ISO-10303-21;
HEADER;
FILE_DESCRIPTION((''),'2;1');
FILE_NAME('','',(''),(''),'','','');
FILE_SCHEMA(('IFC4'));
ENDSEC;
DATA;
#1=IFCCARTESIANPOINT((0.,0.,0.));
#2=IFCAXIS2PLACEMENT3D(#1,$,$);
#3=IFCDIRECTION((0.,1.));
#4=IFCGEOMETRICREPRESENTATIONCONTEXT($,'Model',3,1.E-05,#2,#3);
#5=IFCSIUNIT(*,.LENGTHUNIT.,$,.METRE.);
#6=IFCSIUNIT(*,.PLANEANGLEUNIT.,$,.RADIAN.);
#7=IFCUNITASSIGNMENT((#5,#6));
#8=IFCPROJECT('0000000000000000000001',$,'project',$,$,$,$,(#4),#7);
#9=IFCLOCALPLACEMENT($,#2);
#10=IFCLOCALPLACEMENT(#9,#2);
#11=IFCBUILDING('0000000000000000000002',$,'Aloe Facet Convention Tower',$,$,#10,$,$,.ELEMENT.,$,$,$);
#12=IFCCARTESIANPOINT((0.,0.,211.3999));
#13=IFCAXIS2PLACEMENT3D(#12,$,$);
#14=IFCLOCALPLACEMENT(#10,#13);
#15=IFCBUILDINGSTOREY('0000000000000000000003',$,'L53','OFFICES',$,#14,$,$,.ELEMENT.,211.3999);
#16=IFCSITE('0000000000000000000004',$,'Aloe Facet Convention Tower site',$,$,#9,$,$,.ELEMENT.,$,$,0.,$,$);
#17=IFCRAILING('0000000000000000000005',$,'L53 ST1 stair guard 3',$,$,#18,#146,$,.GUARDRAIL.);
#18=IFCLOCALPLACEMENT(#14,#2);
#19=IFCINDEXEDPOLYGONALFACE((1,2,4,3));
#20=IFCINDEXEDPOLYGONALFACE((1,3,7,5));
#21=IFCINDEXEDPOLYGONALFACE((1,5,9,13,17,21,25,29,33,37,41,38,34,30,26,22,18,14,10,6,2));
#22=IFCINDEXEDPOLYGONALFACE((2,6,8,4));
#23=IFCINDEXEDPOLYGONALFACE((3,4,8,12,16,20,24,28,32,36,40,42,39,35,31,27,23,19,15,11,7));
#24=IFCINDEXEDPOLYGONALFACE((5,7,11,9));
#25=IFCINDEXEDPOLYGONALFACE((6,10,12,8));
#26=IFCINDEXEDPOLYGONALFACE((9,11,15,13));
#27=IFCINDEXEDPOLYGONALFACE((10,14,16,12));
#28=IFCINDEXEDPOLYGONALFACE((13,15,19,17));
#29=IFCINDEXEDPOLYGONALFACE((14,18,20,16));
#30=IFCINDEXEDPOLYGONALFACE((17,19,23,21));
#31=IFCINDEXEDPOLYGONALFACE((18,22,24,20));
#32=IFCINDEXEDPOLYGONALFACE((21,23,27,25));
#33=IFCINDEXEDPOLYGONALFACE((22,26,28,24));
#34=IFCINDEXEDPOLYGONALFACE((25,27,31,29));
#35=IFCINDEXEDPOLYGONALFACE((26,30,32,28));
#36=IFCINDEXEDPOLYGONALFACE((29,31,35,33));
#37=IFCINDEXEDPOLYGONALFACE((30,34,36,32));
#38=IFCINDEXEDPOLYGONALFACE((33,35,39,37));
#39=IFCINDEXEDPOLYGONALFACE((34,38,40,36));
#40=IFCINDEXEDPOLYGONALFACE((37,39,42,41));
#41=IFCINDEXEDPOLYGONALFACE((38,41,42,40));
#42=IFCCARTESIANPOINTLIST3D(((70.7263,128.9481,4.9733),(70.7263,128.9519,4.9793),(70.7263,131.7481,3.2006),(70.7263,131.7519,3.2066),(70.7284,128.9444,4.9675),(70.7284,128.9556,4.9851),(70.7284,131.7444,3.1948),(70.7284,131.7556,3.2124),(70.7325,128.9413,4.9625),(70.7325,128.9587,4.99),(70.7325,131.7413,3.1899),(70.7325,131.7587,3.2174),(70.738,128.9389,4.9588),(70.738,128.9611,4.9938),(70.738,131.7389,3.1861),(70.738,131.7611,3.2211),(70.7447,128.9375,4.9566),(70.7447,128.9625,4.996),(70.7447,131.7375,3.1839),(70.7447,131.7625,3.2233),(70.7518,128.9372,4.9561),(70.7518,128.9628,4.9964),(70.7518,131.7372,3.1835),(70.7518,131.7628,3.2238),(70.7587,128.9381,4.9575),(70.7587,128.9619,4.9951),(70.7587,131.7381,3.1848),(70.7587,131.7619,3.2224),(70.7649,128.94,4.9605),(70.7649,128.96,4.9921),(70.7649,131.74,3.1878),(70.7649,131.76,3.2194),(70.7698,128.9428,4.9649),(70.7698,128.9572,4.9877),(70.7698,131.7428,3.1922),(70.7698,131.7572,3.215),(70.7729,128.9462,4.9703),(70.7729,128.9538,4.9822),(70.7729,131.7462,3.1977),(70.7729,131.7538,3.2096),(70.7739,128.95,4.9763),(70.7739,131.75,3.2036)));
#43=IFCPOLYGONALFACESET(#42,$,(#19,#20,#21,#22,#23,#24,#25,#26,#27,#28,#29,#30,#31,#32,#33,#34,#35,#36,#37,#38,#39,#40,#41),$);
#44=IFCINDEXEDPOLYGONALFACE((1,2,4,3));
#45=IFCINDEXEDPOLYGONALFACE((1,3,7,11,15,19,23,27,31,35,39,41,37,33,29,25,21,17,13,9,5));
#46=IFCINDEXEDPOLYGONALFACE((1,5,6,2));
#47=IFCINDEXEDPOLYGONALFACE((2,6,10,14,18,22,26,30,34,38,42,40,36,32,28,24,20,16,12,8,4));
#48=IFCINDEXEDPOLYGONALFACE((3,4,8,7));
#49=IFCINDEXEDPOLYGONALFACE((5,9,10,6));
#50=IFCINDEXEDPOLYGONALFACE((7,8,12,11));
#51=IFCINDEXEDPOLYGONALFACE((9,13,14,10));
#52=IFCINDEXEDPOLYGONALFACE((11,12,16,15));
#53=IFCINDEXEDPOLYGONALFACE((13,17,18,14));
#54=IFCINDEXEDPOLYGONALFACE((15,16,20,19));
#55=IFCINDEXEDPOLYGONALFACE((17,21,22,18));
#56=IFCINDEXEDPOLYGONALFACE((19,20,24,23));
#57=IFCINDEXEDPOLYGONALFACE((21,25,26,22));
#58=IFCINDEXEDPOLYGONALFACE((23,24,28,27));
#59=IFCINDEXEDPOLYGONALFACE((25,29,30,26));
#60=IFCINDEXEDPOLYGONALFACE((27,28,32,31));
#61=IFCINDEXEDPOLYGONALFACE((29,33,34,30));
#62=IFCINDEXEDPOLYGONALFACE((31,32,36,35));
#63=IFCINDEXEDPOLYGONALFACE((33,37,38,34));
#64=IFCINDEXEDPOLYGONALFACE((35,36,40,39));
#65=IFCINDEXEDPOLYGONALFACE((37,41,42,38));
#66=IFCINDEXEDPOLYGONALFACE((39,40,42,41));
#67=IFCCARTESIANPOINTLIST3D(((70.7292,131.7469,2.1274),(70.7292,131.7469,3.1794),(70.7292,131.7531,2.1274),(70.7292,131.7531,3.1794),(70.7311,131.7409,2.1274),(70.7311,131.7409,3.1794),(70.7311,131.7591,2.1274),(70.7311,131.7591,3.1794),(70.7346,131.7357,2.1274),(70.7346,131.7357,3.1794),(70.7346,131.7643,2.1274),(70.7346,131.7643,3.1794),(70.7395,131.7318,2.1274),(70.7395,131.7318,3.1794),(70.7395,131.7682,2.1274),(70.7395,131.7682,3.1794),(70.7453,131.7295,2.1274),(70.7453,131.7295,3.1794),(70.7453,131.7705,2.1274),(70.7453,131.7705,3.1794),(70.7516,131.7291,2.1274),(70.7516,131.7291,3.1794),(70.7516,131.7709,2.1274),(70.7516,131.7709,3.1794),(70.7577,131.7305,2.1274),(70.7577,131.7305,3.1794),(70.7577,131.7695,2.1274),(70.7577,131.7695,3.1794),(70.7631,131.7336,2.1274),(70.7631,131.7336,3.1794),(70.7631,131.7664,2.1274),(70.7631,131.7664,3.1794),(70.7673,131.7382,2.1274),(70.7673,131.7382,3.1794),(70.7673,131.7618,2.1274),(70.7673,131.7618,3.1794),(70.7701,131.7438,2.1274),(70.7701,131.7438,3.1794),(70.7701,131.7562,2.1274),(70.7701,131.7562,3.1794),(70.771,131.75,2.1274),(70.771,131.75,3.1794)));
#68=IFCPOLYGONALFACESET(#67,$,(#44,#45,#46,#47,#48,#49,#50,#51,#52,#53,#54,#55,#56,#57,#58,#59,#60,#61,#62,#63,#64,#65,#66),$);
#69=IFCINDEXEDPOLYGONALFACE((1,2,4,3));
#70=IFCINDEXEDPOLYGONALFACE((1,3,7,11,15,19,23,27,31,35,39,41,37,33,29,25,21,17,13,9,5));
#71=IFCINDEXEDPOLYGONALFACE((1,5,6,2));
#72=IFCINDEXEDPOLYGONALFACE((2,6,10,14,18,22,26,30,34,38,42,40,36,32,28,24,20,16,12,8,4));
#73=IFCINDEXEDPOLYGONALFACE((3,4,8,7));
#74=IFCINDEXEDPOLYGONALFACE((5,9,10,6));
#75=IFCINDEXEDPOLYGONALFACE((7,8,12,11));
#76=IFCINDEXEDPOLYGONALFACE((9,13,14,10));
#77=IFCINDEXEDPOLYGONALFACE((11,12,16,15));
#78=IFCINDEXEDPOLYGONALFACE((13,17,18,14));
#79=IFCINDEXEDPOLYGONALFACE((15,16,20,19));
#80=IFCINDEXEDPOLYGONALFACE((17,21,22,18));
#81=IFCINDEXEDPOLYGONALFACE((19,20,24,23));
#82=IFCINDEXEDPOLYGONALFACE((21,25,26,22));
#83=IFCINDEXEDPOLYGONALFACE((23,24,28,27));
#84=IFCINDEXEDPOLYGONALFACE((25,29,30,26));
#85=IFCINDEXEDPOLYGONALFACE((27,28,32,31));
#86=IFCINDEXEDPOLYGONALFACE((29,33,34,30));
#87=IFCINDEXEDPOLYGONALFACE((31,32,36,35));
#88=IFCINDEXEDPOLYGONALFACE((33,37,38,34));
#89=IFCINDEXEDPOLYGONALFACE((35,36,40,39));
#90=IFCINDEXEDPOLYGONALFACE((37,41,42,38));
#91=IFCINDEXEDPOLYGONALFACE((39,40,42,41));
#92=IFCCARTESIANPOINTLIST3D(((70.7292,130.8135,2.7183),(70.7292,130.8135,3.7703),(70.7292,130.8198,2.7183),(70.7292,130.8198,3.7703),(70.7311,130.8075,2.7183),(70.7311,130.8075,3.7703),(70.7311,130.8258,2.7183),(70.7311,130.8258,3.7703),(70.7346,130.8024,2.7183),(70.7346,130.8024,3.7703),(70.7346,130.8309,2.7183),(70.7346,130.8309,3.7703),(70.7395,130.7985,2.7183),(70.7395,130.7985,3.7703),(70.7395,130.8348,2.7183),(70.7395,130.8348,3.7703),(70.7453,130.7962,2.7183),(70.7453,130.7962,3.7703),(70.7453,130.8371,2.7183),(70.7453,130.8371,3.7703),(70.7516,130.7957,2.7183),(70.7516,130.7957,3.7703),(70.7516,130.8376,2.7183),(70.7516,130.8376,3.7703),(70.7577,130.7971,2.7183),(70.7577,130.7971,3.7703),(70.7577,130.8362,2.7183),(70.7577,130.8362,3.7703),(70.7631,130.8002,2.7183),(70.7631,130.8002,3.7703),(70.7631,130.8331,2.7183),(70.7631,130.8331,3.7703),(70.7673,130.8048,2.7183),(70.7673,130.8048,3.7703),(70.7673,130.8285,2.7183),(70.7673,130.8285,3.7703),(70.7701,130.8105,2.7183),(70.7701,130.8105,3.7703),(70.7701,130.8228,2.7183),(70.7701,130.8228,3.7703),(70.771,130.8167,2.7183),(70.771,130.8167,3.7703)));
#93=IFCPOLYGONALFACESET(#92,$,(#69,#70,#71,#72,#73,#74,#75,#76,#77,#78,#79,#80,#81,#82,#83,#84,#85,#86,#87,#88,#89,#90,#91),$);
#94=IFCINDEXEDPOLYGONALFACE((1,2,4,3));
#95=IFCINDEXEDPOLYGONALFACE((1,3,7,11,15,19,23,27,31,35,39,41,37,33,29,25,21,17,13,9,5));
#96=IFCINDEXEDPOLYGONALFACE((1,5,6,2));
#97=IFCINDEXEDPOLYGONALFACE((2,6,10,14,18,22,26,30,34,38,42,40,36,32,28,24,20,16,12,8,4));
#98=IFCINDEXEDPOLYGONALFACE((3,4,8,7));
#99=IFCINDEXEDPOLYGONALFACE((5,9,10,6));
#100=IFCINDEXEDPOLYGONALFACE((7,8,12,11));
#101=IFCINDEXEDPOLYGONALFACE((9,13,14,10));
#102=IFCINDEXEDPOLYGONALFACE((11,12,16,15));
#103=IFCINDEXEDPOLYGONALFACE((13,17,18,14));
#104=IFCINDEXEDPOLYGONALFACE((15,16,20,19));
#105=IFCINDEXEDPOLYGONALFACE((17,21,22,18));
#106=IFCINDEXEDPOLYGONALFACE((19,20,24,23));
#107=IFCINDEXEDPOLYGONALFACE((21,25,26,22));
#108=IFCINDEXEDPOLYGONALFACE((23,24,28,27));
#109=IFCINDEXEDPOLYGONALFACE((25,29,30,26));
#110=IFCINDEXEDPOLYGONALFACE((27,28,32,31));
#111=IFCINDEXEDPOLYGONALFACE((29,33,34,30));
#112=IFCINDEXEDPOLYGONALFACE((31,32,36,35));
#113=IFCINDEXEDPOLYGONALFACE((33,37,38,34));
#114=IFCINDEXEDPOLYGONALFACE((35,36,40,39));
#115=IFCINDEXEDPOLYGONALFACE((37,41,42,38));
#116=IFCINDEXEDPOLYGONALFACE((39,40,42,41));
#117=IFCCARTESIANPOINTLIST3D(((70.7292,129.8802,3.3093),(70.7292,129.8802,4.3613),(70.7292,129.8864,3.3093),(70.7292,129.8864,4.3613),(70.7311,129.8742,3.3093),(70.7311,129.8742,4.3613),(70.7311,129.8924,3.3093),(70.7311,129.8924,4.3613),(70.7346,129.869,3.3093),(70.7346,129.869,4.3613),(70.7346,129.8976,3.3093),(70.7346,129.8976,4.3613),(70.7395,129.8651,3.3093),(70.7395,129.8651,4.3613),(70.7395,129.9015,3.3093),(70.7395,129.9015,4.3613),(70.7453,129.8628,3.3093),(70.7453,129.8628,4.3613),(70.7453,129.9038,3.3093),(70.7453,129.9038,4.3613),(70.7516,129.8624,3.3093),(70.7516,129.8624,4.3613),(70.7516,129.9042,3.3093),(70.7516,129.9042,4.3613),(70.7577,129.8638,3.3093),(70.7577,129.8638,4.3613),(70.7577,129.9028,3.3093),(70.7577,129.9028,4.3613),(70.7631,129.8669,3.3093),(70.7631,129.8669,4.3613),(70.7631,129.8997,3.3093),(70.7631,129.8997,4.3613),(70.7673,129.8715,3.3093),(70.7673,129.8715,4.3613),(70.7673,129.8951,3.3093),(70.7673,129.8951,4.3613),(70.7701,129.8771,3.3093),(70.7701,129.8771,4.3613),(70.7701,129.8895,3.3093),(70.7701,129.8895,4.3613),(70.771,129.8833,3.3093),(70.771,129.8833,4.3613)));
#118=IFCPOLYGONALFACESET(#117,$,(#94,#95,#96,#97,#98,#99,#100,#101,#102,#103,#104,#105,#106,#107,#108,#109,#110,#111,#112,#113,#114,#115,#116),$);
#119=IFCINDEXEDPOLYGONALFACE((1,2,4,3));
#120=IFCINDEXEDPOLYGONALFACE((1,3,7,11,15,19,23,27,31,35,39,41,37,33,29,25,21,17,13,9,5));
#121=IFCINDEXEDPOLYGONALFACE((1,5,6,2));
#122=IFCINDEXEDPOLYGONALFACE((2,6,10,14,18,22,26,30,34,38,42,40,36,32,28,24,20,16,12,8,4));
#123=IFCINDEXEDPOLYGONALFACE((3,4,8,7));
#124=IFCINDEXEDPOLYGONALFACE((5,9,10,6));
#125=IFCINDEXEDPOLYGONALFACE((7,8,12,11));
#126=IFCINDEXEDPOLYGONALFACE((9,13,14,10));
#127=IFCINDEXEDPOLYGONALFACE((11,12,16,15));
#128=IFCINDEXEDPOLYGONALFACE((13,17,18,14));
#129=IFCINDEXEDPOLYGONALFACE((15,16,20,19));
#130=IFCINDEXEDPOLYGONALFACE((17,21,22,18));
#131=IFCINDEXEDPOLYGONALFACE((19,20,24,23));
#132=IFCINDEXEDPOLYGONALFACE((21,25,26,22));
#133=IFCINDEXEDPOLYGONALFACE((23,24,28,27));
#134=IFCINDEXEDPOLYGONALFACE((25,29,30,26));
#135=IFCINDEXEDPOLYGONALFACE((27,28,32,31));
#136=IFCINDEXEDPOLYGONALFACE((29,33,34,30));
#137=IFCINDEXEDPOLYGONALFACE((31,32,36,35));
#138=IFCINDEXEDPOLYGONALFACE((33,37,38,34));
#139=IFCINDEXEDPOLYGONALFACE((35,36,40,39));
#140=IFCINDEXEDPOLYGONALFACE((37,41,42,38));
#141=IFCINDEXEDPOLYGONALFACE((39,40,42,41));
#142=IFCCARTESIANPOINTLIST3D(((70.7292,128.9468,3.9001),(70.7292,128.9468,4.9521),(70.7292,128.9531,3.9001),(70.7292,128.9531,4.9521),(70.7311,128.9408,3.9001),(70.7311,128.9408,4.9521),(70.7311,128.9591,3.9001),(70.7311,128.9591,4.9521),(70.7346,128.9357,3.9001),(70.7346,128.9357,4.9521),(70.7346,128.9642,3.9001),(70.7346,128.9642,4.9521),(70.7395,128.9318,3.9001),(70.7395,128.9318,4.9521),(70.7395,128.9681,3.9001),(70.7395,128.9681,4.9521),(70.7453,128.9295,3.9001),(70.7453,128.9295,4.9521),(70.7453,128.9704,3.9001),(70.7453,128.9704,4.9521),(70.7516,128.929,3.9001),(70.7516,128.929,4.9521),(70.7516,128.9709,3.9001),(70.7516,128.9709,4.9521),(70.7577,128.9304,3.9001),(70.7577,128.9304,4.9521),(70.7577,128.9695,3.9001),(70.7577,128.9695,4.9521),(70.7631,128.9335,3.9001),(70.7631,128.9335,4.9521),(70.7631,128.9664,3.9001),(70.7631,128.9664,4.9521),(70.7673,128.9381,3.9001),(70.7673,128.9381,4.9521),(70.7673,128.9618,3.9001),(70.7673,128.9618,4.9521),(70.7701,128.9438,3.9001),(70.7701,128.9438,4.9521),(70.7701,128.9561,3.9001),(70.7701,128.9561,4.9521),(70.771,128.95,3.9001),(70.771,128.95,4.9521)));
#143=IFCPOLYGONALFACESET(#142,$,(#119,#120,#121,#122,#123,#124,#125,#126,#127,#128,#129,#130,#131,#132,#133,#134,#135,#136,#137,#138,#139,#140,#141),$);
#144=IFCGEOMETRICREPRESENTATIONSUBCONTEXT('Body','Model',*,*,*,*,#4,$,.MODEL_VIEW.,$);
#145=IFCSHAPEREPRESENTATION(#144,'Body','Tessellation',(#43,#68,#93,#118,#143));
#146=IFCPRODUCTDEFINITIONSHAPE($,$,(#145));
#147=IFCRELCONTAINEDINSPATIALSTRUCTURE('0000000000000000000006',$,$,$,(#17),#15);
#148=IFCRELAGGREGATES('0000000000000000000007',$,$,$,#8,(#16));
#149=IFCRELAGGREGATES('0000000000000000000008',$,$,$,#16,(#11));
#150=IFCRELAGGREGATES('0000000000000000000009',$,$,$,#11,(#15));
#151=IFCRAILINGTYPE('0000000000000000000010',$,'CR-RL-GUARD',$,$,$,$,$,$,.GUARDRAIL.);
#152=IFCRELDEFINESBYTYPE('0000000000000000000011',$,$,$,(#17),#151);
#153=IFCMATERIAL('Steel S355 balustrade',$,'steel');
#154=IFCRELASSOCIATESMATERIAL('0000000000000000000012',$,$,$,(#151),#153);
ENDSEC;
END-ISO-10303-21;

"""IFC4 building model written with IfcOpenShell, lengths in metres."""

from ifc_helpers import new_model, si_unit, direction, frame, origin, origin_2d, place, context, subcontext, project, spatial, circle, extrude, material, type_object, element, save


model = new_model("IFC4")

# Units and contexts
model_context = context("Model", 3, precision=1e-05, world=origin(), true_north=direction((0.0, 1.0)))
body_context = subcontext(model_context, "Body", "Model", "MODEL_VIEW")
ifc_project = project(units=[si_unit("LENGTHUNIT", "METRE"), si_unit("PLANEANGLEUNIT", "RADIAN")], contexts=[model_context])

# Site, building, storey
site_placement = place(None, origin())
site = spatial("IfcSite", under=ifc_project, at=site_placement, Name="Aloe Facet Convention Tower site", CompositionType="ELEMENT", RefElevation=0.0)
building_placement = place(site_placement, origin())
building = spatial("IfcBuilding", under=site, at=building_placement, Name="Aloe Facet Convention Tower", CompositionType="ELEMENT")
storey_placement = place(building_placement, frame((0.0, 0.0, 211.3999)))
storey = spatial("IfcBuildingStorey", under=building, at=storey_placement, Name="L53", Description="OFFICES", CompositionType="ELEMENT", Elevation=211.3999)

# Railing
ifc_material_1 = material(Name="Steel S355 balustrade", Category="steel")
railing_type_1 = type_object("IfcRailingType", Name="CR-RL-GUARD", PredefinedType="GUARDRAIL", material=ifc_material_1)
railing_1_placement = place(storey_placement, frame((70.75, 131.75, 2.1274)))
element("IfcRailing", 1, at=railing_1_placement, inside=storey, type_object=railing_type_1, Name="L53 ST1 stair guard 3", PredefinedType="GUARDRAIL", context=body_context, shape_type="SweptSolid", body=[
    extrude(circle(Radius=0.0239, at=origin_2d()), frame((0.0, 0.0, 1.0762), z_axis=(0.0, -0.844909, 0.53491), x_axis=(1.0, 0.0, 0.0)), (0.0, 0.0, 1.0), 3.314),
    extrude(circle(Radius=0.021, at=origin_2d()), origin(), (0.0, 0.0, 1.0), 1.052),
    extrude(circle(Radius=0.021, at=origin_2d()), frame((0.0, -0.9333, 0.5908)), (0.0, 0.0, 1.0), 1.052),
    extrude(circle(Radius=0.021, at=origin_2d()), frame((0.0, -1.8667, 1.1819)), (0.0, 0.0, 1.0), 1.052),
    extrude(circle(Radius=0.021, at=origin_2d()), frame((0.0, -2.8, 1.7727)), (0.0, 0.0, 1.0), 1.052),
])

save(model, "model.ifc")
